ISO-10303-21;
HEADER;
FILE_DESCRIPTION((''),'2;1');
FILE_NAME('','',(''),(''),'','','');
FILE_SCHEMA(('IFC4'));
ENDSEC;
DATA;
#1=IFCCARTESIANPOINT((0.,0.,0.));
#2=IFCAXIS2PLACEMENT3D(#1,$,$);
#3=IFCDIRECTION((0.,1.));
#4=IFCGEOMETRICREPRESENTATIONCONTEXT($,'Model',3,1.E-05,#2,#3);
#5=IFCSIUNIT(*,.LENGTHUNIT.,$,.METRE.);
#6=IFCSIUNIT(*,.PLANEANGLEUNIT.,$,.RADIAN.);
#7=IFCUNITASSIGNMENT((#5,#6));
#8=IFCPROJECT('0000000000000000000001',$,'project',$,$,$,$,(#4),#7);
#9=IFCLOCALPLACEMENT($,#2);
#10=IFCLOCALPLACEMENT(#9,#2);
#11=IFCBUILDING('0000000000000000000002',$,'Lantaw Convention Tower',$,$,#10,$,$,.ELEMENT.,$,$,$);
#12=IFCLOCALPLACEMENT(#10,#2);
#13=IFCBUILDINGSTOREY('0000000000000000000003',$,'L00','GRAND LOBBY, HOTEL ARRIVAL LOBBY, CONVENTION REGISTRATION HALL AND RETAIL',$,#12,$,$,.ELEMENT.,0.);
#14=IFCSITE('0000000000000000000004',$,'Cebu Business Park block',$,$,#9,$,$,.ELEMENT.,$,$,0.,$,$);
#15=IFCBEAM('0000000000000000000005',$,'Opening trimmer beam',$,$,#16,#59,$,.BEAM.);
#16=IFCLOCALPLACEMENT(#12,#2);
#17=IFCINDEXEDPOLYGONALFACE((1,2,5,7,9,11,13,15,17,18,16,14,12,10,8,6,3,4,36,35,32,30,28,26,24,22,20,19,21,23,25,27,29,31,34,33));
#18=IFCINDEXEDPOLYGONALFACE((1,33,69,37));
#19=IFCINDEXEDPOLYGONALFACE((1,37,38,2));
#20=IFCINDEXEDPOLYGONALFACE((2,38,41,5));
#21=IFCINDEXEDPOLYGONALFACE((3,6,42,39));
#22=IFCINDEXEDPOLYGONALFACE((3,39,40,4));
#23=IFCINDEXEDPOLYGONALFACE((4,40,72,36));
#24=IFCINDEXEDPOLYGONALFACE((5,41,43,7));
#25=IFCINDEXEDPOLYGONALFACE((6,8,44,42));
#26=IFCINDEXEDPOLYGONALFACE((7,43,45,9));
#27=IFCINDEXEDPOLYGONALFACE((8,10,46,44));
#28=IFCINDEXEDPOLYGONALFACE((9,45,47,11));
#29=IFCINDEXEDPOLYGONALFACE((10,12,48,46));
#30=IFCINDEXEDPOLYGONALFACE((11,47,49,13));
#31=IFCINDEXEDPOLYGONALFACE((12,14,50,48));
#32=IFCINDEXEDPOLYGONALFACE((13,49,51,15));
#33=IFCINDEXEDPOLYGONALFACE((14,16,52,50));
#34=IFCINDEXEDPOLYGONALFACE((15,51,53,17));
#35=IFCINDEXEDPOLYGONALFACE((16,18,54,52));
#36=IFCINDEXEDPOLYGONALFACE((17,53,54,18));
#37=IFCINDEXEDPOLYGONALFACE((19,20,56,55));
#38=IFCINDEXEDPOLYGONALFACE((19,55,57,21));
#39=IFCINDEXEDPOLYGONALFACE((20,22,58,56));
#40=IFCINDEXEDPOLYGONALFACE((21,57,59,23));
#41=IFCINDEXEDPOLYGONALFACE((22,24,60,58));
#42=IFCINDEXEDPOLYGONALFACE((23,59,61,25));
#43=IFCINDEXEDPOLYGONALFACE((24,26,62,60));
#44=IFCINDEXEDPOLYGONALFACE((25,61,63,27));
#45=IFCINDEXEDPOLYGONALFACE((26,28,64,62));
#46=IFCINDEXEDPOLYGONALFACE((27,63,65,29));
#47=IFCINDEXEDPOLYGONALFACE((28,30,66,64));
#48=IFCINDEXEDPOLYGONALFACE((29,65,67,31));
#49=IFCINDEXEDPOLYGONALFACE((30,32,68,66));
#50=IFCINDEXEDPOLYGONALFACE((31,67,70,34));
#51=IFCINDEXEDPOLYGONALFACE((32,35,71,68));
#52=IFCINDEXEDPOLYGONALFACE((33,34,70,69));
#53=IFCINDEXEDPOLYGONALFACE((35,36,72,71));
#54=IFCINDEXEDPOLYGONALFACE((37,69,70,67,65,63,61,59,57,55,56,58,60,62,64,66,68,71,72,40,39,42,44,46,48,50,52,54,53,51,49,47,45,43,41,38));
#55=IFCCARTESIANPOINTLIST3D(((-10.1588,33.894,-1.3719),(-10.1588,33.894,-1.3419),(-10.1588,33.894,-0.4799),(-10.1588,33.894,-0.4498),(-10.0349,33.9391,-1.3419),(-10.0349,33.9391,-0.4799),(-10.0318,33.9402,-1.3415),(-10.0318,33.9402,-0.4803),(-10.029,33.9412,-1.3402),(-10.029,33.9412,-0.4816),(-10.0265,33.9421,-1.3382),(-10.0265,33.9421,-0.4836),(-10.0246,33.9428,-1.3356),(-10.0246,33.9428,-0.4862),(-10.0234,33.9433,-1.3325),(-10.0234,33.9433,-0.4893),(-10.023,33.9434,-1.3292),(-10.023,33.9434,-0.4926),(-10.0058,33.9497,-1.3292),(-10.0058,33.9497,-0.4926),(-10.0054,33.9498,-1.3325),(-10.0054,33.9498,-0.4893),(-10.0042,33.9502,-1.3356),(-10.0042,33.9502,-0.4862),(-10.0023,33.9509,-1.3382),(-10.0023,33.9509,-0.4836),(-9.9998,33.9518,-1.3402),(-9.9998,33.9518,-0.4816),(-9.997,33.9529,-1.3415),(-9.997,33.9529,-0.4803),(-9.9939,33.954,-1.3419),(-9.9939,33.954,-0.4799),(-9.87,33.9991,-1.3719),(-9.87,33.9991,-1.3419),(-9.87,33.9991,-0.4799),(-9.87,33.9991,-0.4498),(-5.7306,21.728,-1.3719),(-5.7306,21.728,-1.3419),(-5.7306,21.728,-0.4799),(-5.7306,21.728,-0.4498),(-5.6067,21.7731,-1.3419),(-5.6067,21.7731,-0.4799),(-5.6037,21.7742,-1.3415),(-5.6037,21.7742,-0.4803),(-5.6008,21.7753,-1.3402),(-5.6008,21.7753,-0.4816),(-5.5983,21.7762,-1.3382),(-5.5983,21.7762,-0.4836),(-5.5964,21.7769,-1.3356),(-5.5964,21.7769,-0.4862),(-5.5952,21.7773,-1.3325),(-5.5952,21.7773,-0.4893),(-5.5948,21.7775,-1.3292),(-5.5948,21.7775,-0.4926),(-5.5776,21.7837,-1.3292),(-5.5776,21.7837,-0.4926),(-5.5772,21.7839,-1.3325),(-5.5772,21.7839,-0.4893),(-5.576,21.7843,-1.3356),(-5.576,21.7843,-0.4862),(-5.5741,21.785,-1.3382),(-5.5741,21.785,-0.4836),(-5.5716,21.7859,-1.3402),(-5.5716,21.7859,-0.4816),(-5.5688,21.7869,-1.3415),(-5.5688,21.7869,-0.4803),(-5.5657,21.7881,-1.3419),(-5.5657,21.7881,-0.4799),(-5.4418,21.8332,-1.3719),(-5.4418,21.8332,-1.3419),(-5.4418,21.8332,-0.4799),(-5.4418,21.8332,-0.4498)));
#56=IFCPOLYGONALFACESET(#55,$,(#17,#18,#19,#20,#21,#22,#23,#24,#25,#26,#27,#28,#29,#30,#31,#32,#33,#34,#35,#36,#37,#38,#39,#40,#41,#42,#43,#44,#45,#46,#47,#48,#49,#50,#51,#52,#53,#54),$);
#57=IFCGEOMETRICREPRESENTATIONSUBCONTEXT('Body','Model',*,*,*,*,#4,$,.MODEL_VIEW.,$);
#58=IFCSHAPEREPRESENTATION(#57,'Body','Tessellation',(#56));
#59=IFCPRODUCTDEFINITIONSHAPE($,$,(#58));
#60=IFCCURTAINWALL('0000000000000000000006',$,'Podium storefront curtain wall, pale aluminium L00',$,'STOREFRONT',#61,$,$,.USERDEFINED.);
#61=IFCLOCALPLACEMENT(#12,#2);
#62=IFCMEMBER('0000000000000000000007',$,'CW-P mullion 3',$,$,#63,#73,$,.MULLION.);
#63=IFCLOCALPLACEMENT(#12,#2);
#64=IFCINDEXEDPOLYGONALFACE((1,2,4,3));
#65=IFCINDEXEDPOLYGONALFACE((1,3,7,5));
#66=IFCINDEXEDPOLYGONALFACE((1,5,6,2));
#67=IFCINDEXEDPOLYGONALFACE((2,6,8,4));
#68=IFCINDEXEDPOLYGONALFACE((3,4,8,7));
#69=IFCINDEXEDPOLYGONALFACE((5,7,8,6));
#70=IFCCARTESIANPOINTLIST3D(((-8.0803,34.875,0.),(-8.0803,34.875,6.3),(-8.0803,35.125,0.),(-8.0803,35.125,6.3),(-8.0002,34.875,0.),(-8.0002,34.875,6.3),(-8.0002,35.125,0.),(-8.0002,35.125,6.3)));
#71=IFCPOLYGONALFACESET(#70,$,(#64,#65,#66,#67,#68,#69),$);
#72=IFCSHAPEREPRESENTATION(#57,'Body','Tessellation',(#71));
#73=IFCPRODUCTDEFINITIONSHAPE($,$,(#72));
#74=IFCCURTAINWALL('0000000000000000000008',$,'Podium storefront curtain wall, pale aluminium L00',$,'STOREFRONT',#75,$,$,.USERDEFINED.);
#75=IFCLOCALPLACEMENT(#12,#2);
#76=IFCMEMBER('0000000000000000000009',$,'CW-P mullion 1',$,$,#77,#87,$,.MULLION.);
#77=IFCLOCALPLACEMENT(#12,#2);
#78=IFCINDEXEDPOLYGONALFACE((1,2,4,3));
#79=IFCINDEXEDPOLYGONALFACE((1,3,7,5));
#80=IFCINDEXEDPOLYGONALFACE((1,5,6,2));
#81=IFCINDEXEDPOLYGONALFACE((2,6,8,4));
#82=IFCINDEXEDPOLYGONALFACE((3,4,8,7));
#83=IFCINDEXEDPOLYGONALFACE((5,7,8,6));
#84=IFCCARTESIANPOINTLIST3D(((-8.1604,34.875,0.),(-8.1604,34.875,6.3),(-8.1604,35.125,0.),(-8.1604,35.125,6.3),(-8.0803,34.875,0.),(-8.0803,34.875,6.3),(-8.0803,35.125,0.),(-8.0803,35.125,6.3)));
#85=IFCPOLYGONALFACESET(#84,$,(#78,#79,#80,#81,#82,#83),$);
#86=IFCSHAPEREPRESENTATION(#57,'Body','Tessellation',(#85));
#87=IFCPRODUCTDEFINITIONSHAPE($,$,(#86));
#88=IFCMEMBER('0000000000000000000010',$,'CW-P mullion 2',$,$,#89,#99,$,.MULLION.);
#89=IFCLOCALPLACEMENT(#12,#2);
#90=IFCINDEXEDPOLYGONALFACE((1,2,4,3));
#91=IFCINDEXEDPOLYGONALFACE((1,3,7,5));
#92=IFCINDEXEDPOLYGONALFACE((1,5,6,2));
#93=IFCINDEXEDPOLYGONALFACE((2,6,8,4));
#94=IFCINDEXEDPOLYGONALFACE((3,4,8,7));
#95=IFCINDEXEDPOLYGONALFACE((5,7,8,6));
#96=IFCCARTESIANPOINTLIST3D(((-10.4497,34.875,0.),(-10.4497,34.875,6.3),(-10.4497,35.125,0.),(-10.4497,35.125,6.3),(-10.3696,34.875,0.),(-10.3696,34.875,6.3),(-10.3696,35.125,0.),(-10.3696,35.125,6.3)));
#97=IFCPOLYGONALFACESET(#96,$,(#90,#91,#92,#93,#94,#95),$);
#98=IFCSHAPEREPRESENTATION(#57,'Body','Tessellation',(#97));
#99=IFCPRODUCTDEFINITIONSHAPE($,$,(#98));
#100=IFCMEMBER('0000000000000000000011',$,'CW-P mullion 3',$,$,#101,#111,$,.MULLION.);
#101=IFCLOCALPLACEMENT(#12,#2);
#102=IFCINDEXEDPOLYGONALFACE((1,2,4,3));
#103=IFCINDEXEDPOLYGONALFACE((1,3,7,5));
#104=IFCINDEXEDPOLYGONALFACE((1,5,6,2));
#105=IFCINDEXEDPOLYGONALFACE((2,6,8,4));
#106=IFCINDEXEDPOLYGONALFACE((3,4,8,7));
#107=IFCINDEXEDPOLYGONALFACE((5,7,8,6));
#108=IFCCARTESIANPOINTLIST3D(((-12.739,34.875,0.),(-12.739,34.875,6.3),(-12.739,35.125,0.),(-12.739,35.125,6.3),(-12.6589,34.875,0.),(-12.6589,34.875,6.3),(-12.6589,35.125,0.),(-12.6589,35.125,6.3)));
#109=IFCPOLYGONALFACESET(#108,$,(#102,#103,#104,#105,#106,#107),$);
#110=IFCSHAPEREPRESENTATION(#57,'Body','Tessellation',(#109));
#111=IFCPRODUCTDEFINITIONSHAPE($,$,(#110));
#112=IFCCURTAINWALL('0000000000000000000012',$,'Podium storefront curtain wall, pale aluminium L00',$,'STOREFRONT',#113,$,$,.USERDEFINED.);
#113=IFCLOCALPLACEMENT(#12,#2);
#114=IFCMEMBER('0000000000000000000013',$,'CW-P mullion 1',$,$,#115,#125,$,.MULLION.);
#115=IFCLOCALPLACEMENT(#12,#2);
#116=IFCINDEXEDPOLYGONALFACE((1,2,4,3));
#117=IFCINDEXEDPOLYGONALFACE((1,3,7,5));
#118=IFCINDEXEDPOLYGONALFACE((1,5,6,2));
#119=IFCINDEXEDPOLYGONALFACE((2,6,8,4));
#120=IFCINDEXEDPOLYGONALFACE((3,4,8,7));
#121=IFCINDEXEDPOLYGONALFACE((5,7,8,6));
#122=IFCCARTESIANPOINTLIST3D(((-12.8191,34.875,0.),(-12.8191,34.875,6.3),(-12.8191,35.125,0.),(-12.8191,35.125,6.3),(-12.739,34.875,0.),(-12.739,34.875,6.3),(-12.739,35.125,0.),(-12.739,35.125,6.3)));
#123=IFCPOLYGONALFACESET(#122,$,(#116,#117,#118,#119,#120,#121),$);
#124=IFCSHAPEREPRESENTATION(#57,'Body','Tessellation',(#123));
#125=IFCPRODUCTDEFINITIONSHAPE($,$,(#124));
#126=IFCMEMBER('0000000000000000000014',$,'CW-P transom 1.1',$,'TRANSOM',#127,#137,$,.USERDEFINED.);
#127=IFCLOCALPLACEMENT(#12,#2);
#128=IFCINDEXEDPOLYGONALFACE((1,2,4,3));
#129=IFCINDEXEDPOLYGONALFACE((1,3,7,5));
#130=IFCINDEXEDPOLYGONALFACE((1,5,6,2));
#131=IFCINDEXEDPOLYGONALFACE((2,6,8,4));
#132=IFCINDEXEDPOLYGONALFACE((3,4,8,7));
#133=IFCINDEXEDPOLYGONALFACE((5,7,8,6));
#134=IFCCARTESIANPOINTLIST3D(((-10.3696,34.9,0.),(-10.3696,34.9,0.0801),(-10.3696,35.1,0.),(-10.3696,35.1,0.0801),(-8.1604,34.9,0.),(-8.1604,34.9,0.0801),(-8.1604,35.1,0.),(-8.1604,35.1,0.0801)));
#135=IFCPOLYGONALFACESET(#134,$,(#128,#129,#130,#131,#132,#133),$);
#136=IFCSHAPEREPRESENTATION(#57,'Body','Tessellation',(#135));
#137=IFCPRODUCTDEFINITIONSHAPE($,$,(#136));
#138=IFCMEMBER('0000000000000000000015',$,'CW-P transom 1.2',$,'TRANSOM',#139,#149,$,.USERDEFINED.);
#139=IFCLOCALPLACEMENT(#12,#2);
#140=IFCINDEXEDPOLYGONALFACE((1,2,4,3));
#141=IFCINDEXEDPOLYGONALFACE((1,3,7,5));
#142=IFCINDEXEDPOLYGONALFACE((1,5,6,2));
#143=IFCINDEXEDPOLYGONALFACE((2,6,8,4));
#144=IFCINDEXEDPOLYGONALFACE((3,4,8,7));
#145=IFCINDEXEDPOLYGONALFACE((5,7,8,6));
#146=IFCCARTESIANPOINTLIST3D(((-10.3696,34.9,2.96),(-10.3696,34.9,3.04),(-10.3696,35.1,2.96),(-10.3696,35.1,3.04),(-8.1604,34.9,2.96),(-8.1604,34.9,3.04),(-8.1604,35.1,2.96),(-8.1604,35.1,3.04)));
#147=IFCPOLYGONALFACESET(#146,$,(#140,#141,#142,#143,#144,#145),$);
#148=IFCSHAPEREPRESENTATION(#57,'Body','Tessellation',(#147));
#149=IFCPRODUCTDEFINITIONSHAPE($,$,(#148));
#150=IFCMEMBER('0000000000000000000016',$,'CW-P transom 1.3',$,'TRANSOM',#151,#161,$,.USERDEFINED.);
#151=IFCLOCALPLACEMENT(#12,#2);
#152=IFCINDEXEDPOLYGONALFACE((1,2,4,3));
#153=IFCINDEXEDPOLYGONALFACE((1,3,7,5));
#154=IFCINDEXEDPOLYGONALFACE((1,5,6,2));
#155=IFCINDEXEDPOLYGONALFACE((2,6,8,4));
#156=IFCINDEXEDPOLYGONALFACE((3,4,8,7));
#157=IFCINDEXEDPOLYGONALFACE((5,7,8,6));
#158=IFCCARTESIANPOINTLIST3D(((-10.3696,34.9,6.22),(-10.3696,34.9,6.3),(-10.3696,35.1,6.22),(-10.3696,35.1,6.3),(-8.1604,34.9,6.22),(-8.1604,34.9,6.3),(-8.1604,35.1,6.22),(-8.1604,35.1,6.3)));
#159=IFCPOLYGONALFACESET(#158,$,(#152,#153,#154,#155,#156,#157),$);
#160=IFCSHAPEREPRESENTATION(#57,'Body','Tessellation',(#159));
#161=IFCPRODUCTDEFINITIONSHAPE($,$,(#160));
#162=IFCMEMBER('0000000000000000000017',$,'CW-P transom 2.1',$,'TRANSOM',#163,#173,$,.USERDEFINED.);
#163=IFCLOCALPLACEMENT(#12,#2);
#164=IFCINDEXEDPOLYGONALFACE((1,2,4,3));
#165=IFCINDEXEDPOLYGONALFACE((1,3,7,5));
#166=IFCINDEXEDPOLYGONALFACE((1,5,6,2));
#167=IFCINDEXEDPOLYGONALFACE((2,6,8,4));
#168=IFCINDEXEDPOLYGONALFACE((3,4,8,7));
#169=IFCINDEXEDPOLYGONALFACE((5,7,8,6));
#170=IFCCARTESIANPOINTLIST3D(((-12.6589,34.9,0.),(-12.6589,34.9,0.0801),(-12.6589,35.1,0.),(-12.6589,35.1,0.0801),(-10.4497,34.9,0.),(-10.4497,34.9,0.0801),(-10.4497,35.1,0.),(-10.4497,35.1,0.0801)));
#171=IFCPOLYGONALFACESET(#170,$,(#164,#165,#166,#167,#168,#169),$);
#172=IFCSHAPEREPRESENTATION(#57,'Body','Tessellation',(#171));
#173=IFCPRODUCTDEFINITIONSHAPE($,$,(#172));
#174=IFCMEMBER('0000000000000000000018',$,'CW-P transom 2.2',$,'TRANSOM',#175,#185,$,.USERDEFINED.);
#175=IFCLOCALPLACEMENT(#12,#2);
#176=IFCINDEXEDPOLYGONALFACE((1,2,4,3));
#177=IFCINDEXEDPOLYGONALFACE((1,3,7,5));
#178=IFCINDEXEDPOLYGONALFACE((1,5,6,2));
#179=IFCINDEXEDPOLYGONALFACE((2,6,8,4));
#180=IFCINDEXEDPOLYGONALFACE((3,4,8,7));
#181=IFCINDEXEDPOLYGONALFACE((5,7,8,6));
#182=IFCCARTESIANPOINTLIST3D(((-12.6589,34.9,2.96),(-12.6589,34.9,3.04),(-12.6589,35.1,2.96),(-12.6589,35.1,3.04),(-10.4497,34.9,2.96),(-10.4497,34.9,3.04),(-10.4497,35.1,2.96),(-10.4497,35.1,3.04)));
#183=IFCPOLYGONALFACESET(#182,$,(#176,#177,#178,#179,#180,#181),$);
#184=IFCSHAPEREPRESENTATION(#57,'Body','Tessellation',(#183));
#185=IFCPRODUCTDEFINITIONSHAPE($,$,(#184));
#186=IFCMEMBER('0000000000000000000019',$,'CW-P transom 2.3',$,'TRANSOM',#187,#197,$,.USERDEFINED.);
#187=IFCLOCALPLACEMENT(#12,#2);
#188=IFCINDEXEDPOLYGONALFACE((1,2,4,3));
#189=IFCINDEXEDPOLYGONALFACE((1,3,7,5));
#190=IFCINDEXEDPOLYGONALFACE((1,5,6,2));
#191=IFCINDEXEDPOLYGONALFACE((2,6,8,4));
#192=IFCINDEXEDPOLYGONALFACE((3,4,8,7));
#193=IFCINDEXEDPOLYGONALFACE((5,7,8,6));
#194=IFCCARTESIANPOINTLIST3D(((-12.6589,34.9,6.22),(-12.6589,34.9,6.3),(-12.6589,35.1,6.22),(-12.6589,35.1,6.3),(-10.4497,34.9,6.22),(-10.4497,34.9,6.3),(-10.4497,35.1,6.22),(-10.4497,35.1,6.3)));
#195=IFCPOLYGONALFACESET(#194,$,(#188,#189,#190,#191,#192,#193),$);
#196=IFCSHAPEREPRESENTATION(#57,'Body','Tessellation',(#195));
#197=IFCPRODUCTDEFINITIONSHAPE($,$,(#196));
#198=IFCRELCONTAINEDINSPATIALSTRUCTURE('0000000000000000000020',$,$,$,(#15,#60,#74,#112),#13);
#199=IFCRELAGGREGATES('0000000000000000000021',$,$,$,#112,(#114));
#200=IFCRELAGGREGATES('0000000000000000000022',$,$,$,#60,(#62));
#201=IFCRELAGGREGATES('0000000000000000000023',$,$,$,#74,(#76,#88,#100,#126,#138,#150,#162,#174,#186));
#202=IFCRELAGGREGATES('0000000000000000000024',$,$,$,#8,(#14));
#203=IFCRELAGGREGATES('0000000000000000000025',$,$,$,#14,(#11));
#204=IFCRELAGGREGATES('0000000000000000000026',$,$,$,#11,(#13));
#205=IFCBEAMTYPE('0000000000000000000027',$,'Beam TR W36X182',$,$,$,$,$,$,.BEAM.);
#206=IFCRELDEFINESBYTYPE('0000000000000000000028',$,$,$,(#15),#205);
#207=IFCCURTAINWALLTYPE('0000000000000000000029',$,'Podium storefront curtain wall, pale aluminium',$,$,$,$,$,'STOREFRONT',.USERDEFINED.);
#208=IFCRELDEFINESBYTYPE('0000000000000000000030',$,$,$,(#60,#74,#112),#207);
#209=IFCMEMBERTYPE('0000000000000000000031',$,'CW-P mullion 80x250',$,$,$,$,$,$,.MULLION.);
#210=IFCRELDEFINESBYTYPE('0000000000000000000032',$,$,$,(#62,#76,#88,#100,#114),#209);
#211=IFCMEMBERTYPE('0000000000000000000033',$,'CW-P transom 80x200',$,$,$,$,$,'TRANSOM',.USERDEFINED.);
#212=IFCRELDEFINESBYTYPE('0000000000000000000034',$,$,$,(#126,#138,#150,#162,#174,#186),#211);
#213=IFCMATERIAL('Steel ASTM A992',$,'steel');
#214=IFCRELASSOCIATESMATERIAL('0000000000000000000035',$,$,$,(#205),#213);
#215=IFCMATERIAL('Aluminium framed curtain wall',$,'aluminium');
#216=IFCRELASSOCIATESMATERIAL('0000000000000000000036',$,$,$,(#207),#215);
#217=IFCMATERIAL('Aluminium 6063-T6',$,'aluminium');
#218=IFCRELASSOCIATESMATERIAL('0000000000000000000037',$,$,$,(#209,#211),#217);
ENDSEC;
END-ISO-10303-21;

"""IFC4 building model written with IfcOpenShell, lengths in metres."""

from ifc_helpers import new_model, si_unit, direction, frame, origin, origin_2d, place, context, subcontext, project, spatial, rectangle, i_section, extrude, material, material_profile, profile_set, type_object, element, aggregate, save


model = new_model("IFC4")

# Units and contexts
model_context = context("Model", 3, precision=1e-05, world=origin(), true_north=direction((0.0, 1.0)))
body_context = subcontext(model_context, "Body", "Model", "MODEL_VIEW")
ifc_project = project(units=[si_unit("LENGTHUNIT", "METRE"), si_unit("PLANEANGLEUNIT", "RADIAN")], contexts=[model_context])

# Site, building, storey
site_placement = place(None, origin())
site = spatial("IfcSite", under=ifc_project, at=site_placement, Name="Cebu Business Park block", CompositionType="ELEMENT", RefElevation=0.0)
building_placement = place(site_placement, origin())
building = spatial("IfcBuilding", under=site, at=building_placement, Name="Lantaw Convention Tower", CompositionType="ELEMENT")
storey_placement = place(building_placement, origin())
storey = spatial("IfcBuildingStorey", under=building, at=storey_placement, Name="L00", Description="GRAND LOBBY, HOTEL ARRIVAL LOBBY, CONVENTION REGISTRATION HALL AND RETAIL", CompositionType="ELEMENT", Elevation=0.0)

# Beam
ifc_material_1 = material(Name="Steel ASTM A992", Category="steel")
ifc_material_profile_1 = material_profile(ifc_material_1, i_section(OverallWidth=0.3074, OverallDepth=0.9221, WebThickness=0.0183, FlangeThickness=0.03, FilletRadius=0.0127, at=origin_2d()), Name="W36X182")
ifc_profile_set_1 = profile_set([ifc_material_profile_1], Name="Steel ASTM A992")
beam_type_1 = type_object("IfcBeamType", Name="Beam TR W36X182", PredefinedType="BEAM", material=ifc_profile_set_1)
beam_1_placement = place(storey_placement, frame((-10.0144, 33.9465, -0.9109), z_axis=(0.342031, -0.939689, 0.0), x_axis=(0.939689, 0.342031, 0.0)))
element("IfcBeam", 1, at=beam_1_placement, inside=storey, type_object=beam_type_1, Name="Opening trimmer beam", PredefinedType="BEAM", context=body_context, shape_type="SweptSolid", body=[
    extrude(i_section(OverallWidth=0.3074, OverallDepth=0.9221, WebThickness=0.0183, FlangeThickness=0.03, FilletRadius=0.0127, at=origin_2d()), origin(), (0.0, 0.0, 1.0), 12.9468),
])

# Curtain wall, member
ifc_material_2 = material(Name="Aluminium framed curtain wall", Category="aluminium")
curtain_wall_type = type_object("IfcCurtainWallType", Name="Podium storefront curtain wall, pale aluminium", ElementType="STOREFRONT", PredefinedType="USERDEFINED", material=ifc_material_2)
curtain_wall_1_placement = place(storey_placement, origin())
curtain_wall_1 = element("IfcCurtainWall", 2, at=curtain_wall_1_placement, inside=storey, type_object=curtain_wall_type, Name="Podium storefront curtain wall, pale aluminium L00", ObjectType="STOREFRONT", PredefinedType="USERDEFINED")
ifc_material_3 = material(Name="Aluminium 6063-T6", Category="aluminium")
ifc_material_profile_2 = material_profile(ifc_material_3, rectangle(XDim=0.25, YDim=0.0801, at=origin_2d()), Name="CW-P mullion 80x250")
ifc_profile_set_2 = profile_set([ifc_material_profile_2], Name="Aluminium 6063-T6")
member_type_1 = type_object("IfcMemberType", Name="CW-P mullion 80x250", PredefinedType="MULLION", material=ifc_profile_set_2)
member_1_placement = place(storey_placement, frame((-8.0403, 35.0, 0.0), z_axis=(0.0, 0.0, 1.0), x_axis=(0.0, -1.0, 0.0)))
member_1 = element("IfcMember", 3, at=member_1_placement, type_object=member_type_1, Name="CW-P mullion 3", PredefinedType="MULLION", context=body_context, shape_type="SweptSolid", body=[
    extrude(rectangle(XDim=0.25, YDim=0.0801, at=origin_2d()), origin(), (0.0, 0.0, 1.0), 6.3),
])

# Curtain wall, members
curtain_wall_2_placement = place(storey_placement, origin())
curtain_wall_2 = element("IfcCurtainWall", 4, at=curtain_wall_2_placement, inside=storey, type_object=curtain_wall_type, Name="Podium storefront curtain wall, pale aluminium L00", ObjectType="STOREFRONT", PredefinedType="USERDEFINED")
member_2_placement = place(storey_placement, frame((-8.1204, 35.0, 0.0), z_axis=(0.0, 0.0, 1.0), x_axis=(0.0, -1.0, 0.0)))
member_2 = element("IfcMember", 5, at=member_2_placement, type_object=member_type_1, Name="CW-P mullion 1", PredefinedType="MULLION", context=body_context, shape_type="SweptSolid", body=[
    extrude(rectangle(XDim=0.25, YDim=0.0801, at=origin_2d()), origin(), (0.0, 0.0, 1.0), 6.3),
])
member_3_placement = place(storey_placement, frame((-10.4097, 35.0, 0.0), z_axis=(0.0, 0.0, 1.0), x_axis=(0.0, -1.0, 0.0)))
member_3 = element("IfcMember", 6, at=member_3_placement, type_object=member_type_1, Name="CW-P mullion 2", PredefinedType="MULLION", context=body_context, shape_type="SweptSolid", body=[
    extrude(rectangle(XDim=0.25, YDim=0.0801, at=origin_2d()), origin(), (0.0, 0.0, 1.0), 6.3),
])
member_4_placement = place(storey_placement, frame((-12.699, 35.0, 0.0), z_axis=(0.0, 0.0, 1.0), x_axis=(0.0, -1.0, 0.0)))
member_4 = element("IfcMember", 7, at=member_4_placement, type_object=member_type_1, Name="CW-P mullion 3", PredefinedType="MULLION", context=body_context, shape_type="SweptSolid", body=[
    extrude(rectangle(XDim=0.25, YDim=0.0801, at=origin_2d()), origin(), (0.0, 0.0, 1.0), 6.3),
])

# Curtain wall, member
curtain_wall_3_placement = place(storey_placement, origin())
curtain_wall_3 = element("IfcCurtainWall", 8, at=curtain_wall_3_placement, inside=storey, type_object=curtain_wall_type, Name="Podium storefront curtain wall, pale aluminium L00", ObjectType="STOREFRONT", PredefinedType="USERDEFINED")
member_5_placement = place(storey_placement, frame((-12.7791, 35.0, 0.0), z_axis=(0.0, 0.0, 1.0), x_axis=(0.0, -1.0, 0.0)))
member_5 = element("IfcMember", 9, at=member_5_placement, type_object=member_type_1, Name="CW-P mullion 1", PredefinedType="MULLION", context=body_context, shape_type="SweptSolid", body=[
    extrude(rectangle(XDim=0.25, YDim=0.0801, at=origin_2d()), origin(), (0.0, 0.0, 1.0), 6.3),
])

# Members
ifc_material_profile_3 = material_profile(ifc_material_3, rectangle(XDim=0.2, YDim=0.0801, at=origin_2d()), Name="CW-P transom 80x200")
ifc_profile_set_3 = profile_set([ifc_material_profile_3], Name="Aluminium 6063-T6")
member_type_2 = type_object("IfcMemberType", Name="CW-P transom 80x200", ElementType="TRANSOM", PredefinedType="USERDEFINED", material=ifc_profile_set_3)
member_6_placement = place(storey_placement, frame((-8.1604, 35.0, 0.04), z_axis=(-1.0, 0.0, 0.0), x_axis=(0.0, -1.0, 0.0)))
member_6 = element("IfcMember", 10, at=member_6_placement, type_object=member_type_2, Name="CW-P transom 1.1", ObjectType="TRANSOM", PredefinedType="USERDEFINED", context=body_context, shape_type="SweptSolid", body=[
    extrude(rectangle(XDim=0.2, YDim=0.0801, at=origin_2d()), origin(), (0.0, 0.0, 1.0), 2.2092),
])
member_7_placement = place(storey_placement, frame((-8.1604, 35.0, 3.0), z_axis=(-1.0, 0.0, 0.0), x_axis=(0.0, -1.0, 0.0)))
member_7 = element("IfcMember", 11, at=member_7_placement, type_object=member_type_2, Name="CW-P transom 1.2", ObjectType="TRANSOM", PredefinedType="USERDEFINED", context=body_context, shape_type="SweptSolid", body=[
    extrude(rectangle(XDim=0.2, YDim=0.0801, at=origin_2d()), origin(), (0.0, 0.0, 1.0), 2.2092),
])
member_8_placement = place(storey_placement, frame((-8.1604, 35.0, 6.26), z_axis=(-1.0, 0.0, 0.0), x_axis=(0.0, -1.0, 0.0)))
member_8 = element("IfcMember", 12, at=member_8_placement, type_object=member_type_2, Name="CW-P transom 1.3", ObjectType="TRANSOM", PredefinedType="USERDEFINED", context=body_context, shape_type="SweptSolid", body=[
    extrude(rectangle(XDim=0.2, YDim=0.0801, at=origin_2d()), origin(), (0.0, 0.0, 1.0), 2.2092),
])
member_9_placement = place(storey_placement, frame((-10.4497, 35.0, 0.04), z_axis=(-1.0, 0.0, 0.0), x_axis=(0.0, -1.0, 0.0)))
member_9 = element("IfcMember", 13, at=member_9_placement, type_object=member_type_2, Name="CW-P transom 2.1", ObjectType="TRANSOM", PredefinedType="USERDEFINED", context=body_context, shape_type="SweptSolid", body=[
    extrude(rectangle(XDim=0.2, YDim=0.0801, at=origin_2d()), origin(), (0.0, 0.0, 1.0), 2.2092),
])
member_10_placement = place(storey_placement, frame((-10.4497, 35.0, 3.0), z_axis=(-1.0, 0.0, 0.0), x_axis=(0.0, -1.0, 0.0)))
member_10 = element("IfcMember", 14, at=member_10_placement, type_object=member_type_2, Name="CW-P transom 2.2", ObjectType="TRANSOM", PredefinedType="USERDEFINED", context=body_context, shape_type="SweptSolid", body=[
    extrude(rectangle(XDim=0.2, YDim=0.0801, at=origin_2d()), origin(), (0.0, 0.0, 1.0), 2.2092),
])
member_11_placement = place(storey_placement, frame((-10.4497, 35.0, 6.26), z_axis=(-1.0, 0.0, 0.0), x_axis=(0.0, -1.0, 0.0)))
member_11 = element("IfcMember", 15, at=member_11_placement, type_object=member_type_2, Name="CW-P transom 2.3", ObjectType="TRANSOM", PredefinedType="USERDEFINED", context=body_context, shape_type="SweptSolid", body=[
    extrude(rectangle(XDim=0.2, YDim=0.0801, at=origin_2d()), origin(), (0.0, 0.0, 1.0), 2.2092),
])
aggregate(curtain_wall_3, [member_5])

aggregate(curtain_wall_1, [member_1])
aggregate(curtain_wall_2, [member_2, member_3, member_4, member_6, member_7, member_8, member_9, member_10, member_11])

save(model, "model.ifc")
